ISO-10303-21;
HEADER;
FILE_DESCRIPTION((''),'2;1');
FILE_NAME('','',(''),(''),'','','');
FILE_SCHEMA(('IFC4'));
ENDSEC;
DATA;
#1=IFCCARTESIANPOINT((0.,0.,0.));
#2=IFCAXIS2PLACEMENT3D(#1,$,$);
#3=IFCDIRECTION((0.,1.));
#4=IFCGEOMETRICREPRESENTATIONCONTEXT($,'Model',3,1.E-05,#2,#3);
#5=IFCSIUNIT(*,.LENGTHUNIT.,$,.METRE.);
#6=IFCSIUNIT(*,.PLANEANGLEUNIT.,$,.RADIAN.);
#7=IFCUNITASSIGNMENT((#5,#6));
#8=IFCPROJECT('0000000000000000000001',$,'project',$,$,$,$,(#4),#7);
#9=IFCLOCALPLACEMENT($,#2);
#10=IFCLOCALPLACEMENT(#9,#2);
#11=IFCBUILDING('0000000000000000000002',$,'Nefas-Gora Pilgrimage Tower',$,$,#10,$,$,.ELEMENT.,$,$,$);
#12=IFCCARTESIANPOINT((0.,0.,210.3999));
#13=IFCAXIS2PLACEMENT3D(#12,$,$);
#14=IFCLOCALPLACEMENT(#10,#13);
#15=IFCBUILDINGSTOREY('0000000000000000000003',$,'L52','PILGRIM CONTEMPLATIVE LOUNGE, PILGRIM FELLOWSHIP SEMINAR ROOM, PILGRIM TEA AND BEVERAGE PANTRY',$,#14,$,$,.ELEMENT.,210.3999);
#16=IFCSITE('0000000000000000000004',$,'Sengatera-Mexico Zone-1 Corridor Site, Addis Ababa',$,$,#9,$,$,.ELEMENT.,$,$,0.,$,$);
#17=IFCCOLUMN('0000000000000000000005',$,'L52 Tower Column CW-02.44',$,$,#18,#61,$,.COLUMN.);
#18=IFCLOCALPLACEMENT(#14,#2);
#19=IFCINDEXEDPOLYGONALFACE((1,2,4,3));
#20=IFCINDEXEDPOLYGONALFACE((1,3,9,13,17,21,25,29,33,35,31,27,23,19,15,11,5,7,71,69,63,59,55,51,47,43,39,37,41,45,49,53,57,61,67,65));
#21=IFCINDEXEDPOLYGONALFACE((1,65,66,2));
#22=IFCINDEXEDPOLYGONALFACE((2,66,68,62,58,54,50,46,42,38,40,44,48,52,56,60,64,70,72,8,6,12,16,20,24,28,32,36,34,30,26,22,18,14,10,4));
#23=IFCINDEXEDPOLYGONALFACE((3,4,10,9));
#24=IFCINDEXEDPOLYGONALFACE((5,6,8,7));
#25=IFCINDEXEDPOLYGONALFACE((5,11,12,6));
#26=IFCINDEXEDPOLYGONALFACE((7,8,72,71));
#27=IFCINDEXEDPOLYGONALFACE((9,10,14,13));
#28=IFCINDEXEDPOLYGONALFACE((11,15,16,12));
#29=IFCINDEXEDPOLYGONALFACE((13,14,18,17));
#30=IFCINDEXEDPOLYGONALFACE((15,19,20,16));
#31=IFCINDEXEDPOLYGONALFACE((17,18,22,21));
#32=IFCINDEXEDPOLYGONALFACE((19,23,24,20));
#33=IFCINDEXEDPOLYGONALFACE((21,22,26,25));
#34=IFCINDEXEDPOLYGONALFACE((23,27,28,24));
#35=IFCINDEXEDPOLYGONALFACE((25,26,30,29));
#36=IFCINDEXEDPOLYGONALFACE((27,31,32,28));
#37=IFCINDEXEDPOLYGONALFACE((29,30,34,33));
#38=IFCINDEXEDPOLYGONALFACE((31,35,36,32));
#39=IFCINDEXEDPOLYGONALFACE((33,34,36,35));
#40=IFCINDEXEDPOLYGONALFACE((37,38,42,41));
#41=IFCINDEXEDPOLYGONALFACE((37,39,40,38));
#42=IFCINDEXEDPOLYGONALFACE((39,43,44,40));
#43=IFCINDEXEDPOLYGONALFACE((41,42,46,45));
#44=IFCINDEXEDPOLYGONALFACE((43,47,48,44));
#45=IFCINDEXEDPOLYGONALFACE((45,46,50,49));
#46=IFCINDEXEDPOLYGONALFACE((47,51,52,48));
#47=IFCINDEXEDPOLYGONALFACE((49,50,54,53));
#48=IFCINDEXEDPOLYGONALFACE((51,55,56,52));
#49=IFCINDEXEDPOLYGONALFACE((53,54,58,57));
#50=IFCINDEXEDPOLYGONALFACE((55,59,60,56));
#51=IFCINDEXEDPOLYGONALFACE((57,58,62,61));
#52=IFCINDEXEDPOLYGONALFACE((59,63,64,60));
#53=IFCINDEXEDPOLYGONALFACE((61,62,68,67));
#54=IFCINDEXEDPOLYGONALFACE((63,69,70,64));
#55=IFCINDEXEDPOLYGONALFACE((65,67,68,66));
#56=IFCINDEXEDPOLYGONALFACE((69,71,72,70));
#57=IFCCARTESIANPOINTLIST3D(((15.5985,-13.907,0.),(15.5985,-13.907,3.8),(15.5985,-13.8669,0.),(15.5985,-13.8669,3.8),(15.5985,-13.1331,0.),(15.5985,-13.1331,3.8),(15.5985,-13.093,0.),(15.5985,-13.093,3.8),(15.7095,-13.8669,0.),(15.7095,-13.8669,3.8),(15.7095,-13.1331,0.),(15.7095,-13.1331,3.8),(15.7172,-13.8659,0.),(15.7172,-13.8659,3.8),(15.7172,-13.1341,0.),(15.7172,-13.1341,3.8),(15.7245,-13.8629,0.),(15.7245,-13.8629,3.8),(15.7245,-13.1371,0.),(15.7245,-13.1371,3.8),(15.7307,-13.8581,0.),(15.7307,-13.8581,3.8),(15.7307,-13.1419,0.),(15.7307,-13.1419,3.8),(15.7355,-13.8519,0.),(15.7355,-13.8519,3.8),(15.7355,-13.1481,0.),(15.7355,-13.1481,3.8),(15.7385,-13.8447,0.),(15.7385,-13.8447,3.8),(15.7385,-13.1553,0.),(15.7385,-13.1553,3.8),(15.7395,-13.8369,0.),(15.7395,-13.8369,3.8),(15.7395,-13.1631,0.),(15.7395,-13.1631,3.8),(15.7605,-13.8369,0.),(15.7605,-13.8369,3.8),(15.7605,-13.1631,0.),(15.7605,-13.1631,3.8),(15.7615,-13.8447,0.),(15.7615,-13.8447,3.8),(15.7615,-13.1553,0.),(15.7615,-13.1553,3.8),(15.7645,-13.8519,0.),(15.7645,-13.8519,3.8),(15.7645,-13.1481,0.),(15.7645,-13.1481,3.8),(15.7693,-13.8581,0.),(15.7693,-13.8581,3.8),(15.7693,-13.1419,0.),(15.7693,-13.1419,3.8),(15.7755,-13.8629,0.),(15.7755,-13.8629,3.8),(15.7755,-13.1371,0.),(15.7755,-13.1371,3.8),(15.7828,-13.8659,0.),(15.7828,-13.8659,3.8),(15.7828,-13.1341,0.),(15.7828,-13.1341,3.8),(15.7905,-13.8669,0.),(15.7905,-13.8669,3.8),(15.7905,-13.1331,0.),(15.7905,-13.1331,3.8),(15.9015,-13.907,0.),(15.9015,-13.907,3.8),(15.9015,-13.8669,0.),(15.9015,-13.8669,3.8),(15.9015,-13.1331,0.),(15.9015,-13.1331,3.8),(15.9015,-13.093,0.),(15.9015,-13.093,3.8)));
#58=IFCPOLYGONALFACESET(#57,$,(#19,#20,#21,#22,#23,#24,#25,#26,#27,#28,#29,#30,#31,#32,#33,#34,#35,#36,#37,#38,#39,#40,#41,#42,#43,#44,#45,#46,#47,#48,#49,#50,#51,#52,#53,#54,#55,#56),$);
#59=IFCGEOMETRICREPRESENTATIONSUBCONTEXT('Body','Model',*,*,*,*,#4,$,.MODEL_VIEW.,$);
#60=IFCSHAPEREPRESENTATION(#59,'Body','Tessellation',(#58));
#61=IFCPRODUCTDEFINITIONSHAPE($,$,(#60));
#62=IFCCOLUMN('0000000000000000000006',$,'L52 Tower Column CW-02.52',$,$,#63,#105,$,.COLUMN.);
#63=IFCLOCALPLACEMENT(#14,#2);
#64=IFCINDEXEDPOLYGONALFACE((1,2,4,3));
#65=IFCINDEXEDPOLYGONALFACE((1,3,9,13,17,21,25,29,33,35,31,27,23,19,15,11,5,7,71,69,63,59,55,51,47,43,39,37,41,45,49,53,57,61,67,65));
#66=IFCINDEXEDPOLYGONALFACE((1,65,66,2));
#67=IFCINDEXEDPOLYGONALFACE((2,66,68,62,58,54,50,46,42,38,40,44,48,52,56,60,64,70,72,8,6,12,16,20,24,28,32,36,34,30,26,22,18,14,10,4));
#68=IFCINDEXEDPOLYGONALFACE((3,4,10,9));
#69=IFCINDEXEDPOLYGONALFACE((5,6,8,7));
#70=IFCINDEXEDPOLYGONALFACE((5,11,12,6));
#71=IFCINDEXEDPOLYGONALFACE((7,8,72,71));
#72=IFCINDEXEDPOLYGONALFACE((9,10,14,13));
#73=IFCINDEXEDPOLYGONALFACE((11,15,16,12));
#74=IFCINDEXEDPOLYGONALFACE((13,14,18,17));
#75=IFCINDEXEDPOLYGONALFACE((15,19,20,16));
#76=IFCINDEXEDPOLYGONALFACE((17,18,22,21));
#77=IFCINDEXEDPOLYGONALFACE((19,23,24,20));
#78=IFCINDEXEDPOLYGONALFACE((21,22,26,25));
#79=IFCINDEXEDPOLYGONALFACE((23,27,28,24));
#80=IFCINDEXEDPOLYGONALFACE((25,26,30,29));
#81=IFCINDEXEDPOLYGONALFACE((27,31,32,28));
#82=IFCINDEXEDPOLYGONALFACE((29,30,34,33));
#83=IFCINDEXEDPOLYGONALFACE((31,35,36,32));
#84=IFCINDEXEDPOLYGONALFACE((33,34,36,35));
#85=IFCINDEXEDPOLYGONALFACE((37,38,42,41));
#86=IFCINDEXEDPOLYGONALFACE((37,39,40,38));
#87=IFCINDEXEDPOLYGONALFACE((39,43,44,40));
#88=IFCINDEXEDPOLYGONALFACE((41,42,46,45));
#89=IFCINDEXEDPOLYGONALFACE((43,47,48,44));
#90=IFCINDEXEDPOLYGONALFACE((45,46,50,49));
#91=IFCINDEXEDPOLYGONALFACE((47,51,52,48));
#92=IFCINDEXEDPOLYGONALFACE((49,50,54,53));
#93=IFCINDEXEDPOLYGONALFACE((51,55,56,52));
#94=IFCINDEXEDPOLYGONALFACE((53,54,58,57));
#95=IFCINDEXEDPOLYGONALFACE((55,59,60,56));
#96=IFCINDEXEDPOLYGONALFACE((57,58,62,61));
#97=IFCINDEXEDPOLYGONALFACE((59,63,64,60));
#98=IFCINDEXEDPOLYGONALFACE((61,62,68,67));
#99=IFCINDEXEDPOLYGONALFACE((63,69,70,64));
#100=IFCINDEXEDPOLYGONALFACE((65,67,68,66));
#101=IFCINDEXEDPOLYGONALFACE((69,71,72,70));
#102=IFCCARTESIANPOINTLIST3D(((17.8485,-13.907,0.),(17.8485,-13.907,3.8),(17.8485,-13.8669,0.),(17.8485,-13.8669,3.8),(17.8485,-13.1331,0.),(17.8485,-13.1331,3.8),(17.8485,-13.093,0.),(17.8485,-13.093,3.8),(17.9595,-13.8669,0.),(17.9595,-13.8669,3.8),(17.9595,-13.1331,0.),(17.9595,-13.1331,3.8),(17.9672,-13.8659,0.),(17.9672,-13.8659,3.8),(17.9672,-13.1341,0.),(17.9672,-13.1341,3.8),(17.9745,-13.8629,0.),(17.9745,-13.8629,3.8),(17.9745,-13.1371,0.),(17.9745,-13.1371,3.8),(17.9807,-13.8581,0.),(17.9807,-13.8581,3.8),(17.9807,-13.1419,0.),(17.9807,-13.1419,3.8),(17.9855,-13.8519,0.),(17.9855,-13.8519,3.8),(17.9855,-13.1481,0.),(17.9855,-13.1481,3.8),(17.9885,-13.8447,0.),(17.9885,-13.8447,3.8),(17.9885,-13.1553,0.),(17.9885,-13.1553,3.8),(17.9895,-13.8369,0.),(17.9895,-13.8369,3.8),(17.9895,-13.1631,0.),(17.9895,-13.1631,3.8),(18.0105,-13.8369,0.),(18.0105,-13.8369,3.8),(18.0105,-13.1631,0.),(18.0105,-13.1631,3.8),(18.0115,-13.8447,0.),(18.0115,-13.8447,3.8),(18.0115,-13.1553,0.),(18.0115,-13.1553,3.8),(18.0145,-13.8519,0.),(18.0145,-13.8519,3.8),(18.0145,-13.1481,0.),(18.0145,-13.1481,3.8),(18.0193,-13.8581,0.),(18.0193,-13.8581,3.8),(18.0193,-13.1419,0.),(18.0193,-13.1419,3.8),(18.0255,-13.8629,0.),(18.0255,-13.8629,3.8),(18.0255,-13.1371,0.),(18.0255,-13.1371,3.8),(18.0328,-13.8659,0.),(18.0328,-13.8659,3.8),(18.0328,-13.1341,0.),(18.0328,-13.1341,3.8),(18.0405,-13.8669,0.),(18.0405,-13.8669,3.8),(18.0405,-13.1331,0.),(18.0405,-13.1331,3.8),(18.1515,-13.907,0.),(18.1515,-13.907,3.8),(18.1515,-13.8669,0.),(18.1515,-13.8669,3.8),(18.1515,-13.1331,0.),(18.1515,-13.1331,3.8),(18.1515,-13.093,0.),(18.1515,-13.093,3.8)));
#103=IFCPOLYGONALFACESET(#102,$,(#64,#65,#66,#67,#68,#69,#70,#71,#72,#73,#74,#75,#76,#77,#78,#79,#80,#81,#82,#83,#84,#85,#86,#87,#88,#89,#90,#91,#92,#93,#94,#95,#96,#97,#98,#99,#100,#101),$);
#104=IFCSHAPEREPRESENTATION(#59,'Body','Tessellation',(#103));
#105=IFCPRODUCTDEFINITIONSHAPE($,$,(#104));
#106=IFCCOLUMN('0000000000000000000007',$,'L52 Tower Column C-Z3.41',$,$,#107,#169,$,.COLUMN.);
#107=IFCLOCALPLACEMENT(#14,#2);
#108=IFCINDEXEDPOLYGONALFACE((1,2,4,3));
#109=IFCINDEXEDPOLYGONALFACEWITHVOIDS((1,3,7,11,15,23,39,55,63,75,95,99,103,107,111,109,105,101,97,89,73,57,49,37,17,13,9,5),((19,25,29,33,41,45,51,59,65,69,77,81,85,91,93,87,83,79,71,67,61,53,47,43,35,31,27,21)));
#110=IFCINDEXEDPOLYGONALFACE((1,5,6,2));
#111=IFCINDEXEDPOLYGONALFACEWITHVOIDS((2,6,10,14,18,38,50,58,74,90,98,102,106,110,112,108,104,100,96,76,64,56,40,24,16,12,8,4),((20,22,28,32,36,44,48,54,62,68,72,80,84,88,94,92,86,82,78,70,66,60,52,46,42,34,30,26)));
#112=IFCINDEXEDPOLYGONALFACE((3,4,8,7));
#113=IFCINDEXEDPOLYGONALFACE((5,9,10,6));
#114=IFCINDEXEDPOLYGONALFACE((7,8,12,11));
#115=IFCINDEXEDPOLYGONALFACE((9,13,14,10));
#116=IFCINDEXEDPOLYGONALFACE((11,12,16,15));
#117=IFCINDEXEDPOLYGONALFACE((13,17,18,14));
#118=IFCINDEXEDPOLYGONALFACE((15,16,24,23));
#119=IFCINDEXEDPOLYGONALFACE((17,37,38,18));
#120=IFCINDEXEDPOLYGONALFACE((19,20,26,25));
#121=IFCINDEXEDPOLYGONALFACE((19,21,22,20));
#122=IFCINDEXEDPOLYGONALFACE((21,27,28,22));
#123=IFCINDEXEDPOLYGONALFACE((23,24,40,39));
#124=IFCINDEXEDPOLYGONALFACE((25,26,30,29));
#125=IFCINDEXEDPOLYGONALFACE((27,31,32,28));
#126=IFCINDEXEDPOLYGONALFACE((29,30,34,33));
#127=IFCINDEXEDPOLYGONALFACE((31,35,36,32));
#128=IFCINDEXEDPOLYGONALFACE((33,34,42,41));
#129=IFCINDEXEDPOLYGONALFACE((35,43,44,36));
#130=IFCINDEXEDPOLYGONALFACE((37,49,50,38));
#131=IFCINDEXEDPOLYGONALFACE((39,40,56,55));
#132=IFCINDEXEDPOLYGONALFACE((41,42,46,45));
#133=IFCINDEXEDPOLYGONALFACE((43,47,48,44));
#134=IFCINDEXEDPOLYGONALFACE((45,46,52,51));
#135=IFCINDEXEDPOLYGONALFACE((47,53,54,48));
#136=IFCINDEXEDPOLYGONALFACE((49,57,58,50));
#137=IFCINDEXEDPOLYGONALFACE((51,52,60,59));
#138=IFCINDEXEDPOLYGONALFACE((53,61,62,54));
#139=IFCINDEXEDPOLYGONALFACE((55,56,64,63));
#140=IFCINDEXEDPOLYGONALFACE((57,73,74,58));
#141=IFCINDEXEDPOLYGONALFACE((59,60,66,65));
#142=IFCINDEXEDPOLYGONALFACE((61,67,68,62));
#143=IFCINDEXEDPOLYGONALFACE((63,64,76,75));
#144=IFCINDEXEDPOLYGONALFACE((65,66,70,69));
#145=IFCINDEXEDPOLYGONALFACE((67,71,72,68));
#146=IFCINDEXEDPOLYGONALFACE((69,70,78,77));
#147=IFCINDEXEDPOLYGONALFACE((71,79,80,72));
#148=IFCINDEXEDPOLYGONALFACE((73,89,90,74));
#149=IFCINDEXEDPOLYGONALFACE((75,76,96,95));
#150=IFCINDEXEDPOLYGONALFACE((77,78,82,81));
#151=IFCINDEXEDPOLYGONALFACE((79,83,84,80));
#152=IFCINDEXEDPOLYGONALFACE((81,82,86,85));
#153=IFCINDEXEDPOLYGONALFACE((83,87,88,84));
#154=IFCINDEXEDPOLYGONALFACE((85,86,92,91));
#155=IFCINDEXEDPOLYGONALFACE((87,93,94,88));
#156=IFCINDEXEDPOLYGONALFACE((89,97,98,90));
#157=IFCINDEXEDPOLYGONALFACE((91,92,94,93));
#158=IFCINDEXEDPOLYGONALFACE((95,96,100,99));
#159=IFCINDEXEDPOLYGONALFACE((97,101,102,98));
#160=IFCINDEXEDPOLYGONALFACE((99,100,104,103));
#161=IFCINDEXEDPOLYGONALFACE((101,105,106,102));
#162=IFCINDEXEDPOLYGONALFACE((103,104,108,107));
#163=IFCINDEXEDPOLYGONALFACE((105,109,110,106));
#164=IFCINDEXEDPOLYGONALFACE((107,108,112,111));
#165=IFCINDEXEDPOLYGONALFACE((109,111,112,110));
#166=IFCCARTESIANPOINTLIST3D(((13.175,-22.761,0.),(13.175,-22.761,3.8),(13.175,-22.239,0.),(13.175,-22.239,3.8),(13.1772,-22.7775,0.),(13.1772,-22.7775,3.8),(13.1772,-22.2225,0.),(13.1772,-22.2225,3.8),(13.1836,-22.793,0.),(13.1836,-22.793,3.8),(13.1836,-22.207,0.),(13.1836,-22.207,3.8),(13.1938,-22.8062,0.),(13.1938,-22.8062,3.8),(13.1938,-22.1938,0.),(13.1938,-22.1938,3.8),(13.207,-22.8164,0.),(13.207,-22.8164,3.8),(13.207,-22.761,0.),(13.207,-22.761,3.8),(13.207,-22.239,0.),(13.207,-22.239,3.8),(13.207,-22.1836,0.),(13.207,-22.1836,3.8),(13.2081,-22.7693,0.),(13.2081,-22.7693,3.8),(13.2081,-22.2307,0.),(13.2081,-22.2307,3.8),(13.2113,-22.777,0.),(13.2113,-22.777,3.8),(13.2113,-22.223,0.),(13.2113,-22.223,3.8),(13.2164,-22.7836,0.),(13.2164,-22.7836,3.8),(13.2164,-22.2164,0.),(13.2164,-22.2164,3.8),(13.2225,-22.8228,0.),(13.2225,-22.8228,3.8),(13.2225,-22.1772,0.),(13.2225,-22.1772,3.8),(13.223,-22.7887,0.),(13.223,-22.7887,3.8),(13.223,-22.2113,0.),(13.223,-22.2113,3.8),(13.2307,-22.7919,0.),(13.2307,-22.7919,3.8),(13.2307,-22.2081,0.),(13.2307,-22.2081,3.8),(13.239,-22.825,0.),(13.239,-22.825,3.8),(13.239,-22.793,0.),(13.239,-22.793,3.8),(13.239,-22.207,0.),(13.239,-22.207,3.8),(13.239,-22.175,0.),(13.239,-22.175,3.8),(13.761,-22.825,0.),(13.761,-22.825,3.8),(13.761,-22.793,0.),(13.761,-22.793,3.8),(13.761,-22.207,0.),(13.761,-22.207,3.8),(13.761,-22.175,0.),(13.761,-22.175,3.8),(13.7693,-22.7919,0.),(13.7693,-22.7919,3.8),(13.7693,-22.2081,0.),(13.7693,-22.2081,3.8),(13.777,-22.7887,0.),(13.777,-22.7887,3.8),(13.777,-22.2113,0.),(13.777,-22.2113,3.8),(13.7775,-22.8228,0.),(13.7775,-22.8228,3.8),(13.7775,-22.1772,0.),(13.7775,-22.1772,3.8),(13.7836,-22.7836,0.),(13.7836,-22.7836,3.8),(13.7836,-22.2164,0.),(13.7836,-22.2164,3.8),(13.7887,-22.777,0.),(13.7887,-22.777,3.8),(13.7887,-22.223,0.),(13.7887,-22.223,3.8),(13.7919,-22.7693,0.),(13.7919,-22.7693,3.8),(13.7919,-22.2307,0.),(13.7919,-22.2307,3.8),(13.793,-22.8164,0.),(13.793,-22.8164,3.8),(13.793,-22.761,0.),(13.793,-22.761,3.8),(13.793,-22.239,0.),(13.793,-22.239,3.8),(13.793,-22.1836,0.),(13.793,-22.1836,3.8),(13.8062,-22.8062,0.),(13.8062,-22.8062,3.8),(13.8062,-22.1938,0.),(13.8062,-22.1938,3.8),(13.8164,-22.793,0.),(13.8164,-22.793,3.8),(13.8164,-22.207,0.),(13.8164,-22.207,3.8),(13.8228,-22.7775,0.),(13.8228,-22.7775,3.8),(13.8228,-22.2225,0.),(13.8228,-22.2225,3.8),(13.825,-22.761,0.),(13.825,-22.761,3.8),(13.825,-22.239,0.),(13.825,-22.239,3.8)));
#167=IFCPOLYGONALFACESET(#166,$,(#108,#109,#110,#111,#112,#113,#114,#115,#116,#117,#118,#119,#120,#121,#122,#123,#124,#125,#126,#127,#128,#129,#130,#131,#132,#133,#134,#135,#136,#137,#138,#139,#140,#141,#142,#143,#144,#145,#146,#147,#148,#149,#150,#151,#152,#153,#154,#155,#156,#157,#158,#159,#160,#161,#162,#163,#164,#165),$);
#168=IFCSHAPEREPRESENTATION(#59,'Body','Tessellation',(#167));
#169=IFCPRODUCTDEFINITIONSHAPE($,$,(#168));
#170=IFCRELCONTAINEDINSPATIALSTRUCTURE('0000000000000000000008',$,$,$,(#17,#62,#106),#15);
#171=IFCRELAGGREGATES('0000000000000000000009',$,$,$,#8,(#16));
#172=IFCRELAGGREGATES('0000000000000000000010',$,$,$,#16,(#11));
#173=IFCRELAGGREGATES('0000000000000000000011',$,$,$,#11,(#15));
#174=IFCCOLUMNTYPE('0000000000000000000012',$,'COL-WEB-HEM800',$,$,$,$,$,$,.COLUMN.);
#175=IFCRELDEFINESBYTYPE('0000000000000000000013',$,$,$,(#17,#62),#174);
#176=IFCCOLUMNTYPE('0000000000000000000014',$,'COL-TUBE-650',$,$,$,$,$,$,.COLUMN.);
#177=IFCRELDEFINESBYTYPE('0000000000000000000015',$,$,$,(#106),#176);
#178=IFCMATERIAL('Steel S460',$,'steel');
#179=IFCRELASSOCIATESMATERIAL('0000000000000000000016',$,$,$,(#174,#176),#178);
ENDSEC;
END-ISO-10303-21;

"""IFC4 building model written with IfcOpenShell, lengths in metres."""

from ifc_helpers import new_model, si_unit, direction, frame, origin, origin_2d, place, context, subcontext, project, spatial, hollow_rectangle, i_section, extrude, source, transform, mapped, material, material_profile, profile_set, type_object, element, save


model = new_model("IFC4")

# Units and contexts
model_context = context("Model", 3, precision=1e-05, world=origin(), true_north=direction((0.0, 1.0)))
body_context = subcontext(model_context, "Body", "Model", "MODEL_VIEW")
ifc_project = project(units=[si_unit("LENGTHUNIT", "METRE"), si_unit("PLANEANGLEUNIT", "RADIAN")], contexts=[model_context])

# Site, building, storey
site_placement = place(None, origin())
site = spatial("IfcSite", under=ifc_project, at=site_placement, Name="Sengatera-Mexico Zone-1 Corridor Site, Addis Ababa", CompositionType="ELEMENT", RefElevation=0.0)
building_placement = place(site_placement, origin())
building = spatial("IfcBuilding", under=site, at=building_placement, Name="Nefas-Gora Pilgrimage Tower", CompositionType="ELEMENT")
storey_placement = place(building_placement, frame((0.0, 0.0, 210.3999)))
storey = spatial("IfcBuildingStorey", under=building, at=storey_placement, Name="L52", Description="PILGRIM CONTEMPLATIVE LOUNGE, PILGRIM FELLOWSHIP SEMINAR ROOM, PILGRIM TEA AND BEVERAGE PANTRY", CompositionType="ELEMENT", Elevation=210.3999)

# Columns
ifc_material_1 = material(Name="Steel S460", Category="steel")
ifc_material_profile_1 = material_profile(ifc_material_1, i_section(OverallWidth=0.303, OverallDepth=0.814, WebThickness=0.021, FlangeThickness=0.04, FilletRadius=0.03, at=origin_2d()), Name="HEM 800")
ifc_profile_set_1 = profile_set([ifc_material_profile_1], Name="Steel S460")
column_type_1 = type_object("IfcColumnType", Name="COL-WEB-HEM800", PredefinedType="COLUMN", material=ifc_profile_set_1)
shared_shape_1 = source(origin(), body_context, "Body", "SweptSolid", [
    extrude(i_section(OverallWidth=0.303, OverallDepth=0.814, WebThickness=0.021, FlangeThickness=0.04, FilletRadius=0.03, at=origin_2d()), origin(), (0.0, 0.0, 1.0), 3.8),
])
for number, where, z_axis, x_axis, name in (
    (1, (15.75, -13.5, 0.0), (0.0, 0.0, 1.0), (1.0, 0.0, 0.0), "L52 Tower Column CW-02.44"),
    (2, (18.0, -13.5, 0.0), (0.0, 0.0, 1.0), (1.0, 0.0, 0.0), "L52 Tower Column CW-02.52"),
):
    element("IfcColumn", number, at=place(storey_placement, frame(where, z_axis=z_axis, x_axis=x_axis)), inside=storey, type_object=column_type_1, Name=name, PredefinedType="COLUMN", context=body_context, shape_type="MappedRepresentation", body=[
        mapped(shared_shape_1, transform((0.0, 0.0, 0.0), x_axis=(1.0, 0.0, 0.0), y_axis=(0.0, 1.0, 0.0), z_axis=(0.0, 0.0, 1.0), scale=1.0)),
    ])
ifc_material_profile_2 = material_profile(ifc_material_1, hollow_rectangle(XDim=0.6499, YDim=0.6499, WallThickness=0.032, InnerFilletRadius=0.032, OuterFilletRadius=0.064, at=origin_2d()), Name="BOX 650x650x32")
ifc_profile_set_2 = profile_set([ifc_material_profile_2], Name="Steel S460")
column_type_2 = type_object("IfcColumnType", Name="COL-TUBE-650", PredefinedType="COLUMN", material=ifc_profile_set_2)
shared_shape_2 = source(origin(), body_context, "Body", "SweptSolid", [
    extrude(hollow_rectangle(XDim=0.6499, YDim=0.6499, WallThickness=0.032, InnerFilletRadius=0.032, OuterFilletRadius=0.064, at=origin_2d()), origin(), (0.0, 0.0, 1.0), 3.8),
])
for number, where, z_axis, x_axis, name in (
    (3, (13.5, -22.5, 0.0), (0.0, 0.0, 1.0), (1.0, 0.0, 0.0), "L52 Tower Column C-Z3.41"),
):
    element("IfcColumn", number, at=place(storey_placement, frame(where, z_axis=z_axis, x_axis=x_axis)), inside=storey, type_object=column_type_2, Name=name, PredefinedType="COLUMN", context=body_context, shape_type="MappedRepresentation", body=[
        mapped(shared_shape_2, transform((0.0, 0.0, 0.0), x_axis=(1.0, 0.0, 0.0), y_axis=(0.0, 1.0, 0.0), z_axis=(0.0, 0.0, 1.0), scale=1.0)),
    ])

save(model, "model.ifc")
